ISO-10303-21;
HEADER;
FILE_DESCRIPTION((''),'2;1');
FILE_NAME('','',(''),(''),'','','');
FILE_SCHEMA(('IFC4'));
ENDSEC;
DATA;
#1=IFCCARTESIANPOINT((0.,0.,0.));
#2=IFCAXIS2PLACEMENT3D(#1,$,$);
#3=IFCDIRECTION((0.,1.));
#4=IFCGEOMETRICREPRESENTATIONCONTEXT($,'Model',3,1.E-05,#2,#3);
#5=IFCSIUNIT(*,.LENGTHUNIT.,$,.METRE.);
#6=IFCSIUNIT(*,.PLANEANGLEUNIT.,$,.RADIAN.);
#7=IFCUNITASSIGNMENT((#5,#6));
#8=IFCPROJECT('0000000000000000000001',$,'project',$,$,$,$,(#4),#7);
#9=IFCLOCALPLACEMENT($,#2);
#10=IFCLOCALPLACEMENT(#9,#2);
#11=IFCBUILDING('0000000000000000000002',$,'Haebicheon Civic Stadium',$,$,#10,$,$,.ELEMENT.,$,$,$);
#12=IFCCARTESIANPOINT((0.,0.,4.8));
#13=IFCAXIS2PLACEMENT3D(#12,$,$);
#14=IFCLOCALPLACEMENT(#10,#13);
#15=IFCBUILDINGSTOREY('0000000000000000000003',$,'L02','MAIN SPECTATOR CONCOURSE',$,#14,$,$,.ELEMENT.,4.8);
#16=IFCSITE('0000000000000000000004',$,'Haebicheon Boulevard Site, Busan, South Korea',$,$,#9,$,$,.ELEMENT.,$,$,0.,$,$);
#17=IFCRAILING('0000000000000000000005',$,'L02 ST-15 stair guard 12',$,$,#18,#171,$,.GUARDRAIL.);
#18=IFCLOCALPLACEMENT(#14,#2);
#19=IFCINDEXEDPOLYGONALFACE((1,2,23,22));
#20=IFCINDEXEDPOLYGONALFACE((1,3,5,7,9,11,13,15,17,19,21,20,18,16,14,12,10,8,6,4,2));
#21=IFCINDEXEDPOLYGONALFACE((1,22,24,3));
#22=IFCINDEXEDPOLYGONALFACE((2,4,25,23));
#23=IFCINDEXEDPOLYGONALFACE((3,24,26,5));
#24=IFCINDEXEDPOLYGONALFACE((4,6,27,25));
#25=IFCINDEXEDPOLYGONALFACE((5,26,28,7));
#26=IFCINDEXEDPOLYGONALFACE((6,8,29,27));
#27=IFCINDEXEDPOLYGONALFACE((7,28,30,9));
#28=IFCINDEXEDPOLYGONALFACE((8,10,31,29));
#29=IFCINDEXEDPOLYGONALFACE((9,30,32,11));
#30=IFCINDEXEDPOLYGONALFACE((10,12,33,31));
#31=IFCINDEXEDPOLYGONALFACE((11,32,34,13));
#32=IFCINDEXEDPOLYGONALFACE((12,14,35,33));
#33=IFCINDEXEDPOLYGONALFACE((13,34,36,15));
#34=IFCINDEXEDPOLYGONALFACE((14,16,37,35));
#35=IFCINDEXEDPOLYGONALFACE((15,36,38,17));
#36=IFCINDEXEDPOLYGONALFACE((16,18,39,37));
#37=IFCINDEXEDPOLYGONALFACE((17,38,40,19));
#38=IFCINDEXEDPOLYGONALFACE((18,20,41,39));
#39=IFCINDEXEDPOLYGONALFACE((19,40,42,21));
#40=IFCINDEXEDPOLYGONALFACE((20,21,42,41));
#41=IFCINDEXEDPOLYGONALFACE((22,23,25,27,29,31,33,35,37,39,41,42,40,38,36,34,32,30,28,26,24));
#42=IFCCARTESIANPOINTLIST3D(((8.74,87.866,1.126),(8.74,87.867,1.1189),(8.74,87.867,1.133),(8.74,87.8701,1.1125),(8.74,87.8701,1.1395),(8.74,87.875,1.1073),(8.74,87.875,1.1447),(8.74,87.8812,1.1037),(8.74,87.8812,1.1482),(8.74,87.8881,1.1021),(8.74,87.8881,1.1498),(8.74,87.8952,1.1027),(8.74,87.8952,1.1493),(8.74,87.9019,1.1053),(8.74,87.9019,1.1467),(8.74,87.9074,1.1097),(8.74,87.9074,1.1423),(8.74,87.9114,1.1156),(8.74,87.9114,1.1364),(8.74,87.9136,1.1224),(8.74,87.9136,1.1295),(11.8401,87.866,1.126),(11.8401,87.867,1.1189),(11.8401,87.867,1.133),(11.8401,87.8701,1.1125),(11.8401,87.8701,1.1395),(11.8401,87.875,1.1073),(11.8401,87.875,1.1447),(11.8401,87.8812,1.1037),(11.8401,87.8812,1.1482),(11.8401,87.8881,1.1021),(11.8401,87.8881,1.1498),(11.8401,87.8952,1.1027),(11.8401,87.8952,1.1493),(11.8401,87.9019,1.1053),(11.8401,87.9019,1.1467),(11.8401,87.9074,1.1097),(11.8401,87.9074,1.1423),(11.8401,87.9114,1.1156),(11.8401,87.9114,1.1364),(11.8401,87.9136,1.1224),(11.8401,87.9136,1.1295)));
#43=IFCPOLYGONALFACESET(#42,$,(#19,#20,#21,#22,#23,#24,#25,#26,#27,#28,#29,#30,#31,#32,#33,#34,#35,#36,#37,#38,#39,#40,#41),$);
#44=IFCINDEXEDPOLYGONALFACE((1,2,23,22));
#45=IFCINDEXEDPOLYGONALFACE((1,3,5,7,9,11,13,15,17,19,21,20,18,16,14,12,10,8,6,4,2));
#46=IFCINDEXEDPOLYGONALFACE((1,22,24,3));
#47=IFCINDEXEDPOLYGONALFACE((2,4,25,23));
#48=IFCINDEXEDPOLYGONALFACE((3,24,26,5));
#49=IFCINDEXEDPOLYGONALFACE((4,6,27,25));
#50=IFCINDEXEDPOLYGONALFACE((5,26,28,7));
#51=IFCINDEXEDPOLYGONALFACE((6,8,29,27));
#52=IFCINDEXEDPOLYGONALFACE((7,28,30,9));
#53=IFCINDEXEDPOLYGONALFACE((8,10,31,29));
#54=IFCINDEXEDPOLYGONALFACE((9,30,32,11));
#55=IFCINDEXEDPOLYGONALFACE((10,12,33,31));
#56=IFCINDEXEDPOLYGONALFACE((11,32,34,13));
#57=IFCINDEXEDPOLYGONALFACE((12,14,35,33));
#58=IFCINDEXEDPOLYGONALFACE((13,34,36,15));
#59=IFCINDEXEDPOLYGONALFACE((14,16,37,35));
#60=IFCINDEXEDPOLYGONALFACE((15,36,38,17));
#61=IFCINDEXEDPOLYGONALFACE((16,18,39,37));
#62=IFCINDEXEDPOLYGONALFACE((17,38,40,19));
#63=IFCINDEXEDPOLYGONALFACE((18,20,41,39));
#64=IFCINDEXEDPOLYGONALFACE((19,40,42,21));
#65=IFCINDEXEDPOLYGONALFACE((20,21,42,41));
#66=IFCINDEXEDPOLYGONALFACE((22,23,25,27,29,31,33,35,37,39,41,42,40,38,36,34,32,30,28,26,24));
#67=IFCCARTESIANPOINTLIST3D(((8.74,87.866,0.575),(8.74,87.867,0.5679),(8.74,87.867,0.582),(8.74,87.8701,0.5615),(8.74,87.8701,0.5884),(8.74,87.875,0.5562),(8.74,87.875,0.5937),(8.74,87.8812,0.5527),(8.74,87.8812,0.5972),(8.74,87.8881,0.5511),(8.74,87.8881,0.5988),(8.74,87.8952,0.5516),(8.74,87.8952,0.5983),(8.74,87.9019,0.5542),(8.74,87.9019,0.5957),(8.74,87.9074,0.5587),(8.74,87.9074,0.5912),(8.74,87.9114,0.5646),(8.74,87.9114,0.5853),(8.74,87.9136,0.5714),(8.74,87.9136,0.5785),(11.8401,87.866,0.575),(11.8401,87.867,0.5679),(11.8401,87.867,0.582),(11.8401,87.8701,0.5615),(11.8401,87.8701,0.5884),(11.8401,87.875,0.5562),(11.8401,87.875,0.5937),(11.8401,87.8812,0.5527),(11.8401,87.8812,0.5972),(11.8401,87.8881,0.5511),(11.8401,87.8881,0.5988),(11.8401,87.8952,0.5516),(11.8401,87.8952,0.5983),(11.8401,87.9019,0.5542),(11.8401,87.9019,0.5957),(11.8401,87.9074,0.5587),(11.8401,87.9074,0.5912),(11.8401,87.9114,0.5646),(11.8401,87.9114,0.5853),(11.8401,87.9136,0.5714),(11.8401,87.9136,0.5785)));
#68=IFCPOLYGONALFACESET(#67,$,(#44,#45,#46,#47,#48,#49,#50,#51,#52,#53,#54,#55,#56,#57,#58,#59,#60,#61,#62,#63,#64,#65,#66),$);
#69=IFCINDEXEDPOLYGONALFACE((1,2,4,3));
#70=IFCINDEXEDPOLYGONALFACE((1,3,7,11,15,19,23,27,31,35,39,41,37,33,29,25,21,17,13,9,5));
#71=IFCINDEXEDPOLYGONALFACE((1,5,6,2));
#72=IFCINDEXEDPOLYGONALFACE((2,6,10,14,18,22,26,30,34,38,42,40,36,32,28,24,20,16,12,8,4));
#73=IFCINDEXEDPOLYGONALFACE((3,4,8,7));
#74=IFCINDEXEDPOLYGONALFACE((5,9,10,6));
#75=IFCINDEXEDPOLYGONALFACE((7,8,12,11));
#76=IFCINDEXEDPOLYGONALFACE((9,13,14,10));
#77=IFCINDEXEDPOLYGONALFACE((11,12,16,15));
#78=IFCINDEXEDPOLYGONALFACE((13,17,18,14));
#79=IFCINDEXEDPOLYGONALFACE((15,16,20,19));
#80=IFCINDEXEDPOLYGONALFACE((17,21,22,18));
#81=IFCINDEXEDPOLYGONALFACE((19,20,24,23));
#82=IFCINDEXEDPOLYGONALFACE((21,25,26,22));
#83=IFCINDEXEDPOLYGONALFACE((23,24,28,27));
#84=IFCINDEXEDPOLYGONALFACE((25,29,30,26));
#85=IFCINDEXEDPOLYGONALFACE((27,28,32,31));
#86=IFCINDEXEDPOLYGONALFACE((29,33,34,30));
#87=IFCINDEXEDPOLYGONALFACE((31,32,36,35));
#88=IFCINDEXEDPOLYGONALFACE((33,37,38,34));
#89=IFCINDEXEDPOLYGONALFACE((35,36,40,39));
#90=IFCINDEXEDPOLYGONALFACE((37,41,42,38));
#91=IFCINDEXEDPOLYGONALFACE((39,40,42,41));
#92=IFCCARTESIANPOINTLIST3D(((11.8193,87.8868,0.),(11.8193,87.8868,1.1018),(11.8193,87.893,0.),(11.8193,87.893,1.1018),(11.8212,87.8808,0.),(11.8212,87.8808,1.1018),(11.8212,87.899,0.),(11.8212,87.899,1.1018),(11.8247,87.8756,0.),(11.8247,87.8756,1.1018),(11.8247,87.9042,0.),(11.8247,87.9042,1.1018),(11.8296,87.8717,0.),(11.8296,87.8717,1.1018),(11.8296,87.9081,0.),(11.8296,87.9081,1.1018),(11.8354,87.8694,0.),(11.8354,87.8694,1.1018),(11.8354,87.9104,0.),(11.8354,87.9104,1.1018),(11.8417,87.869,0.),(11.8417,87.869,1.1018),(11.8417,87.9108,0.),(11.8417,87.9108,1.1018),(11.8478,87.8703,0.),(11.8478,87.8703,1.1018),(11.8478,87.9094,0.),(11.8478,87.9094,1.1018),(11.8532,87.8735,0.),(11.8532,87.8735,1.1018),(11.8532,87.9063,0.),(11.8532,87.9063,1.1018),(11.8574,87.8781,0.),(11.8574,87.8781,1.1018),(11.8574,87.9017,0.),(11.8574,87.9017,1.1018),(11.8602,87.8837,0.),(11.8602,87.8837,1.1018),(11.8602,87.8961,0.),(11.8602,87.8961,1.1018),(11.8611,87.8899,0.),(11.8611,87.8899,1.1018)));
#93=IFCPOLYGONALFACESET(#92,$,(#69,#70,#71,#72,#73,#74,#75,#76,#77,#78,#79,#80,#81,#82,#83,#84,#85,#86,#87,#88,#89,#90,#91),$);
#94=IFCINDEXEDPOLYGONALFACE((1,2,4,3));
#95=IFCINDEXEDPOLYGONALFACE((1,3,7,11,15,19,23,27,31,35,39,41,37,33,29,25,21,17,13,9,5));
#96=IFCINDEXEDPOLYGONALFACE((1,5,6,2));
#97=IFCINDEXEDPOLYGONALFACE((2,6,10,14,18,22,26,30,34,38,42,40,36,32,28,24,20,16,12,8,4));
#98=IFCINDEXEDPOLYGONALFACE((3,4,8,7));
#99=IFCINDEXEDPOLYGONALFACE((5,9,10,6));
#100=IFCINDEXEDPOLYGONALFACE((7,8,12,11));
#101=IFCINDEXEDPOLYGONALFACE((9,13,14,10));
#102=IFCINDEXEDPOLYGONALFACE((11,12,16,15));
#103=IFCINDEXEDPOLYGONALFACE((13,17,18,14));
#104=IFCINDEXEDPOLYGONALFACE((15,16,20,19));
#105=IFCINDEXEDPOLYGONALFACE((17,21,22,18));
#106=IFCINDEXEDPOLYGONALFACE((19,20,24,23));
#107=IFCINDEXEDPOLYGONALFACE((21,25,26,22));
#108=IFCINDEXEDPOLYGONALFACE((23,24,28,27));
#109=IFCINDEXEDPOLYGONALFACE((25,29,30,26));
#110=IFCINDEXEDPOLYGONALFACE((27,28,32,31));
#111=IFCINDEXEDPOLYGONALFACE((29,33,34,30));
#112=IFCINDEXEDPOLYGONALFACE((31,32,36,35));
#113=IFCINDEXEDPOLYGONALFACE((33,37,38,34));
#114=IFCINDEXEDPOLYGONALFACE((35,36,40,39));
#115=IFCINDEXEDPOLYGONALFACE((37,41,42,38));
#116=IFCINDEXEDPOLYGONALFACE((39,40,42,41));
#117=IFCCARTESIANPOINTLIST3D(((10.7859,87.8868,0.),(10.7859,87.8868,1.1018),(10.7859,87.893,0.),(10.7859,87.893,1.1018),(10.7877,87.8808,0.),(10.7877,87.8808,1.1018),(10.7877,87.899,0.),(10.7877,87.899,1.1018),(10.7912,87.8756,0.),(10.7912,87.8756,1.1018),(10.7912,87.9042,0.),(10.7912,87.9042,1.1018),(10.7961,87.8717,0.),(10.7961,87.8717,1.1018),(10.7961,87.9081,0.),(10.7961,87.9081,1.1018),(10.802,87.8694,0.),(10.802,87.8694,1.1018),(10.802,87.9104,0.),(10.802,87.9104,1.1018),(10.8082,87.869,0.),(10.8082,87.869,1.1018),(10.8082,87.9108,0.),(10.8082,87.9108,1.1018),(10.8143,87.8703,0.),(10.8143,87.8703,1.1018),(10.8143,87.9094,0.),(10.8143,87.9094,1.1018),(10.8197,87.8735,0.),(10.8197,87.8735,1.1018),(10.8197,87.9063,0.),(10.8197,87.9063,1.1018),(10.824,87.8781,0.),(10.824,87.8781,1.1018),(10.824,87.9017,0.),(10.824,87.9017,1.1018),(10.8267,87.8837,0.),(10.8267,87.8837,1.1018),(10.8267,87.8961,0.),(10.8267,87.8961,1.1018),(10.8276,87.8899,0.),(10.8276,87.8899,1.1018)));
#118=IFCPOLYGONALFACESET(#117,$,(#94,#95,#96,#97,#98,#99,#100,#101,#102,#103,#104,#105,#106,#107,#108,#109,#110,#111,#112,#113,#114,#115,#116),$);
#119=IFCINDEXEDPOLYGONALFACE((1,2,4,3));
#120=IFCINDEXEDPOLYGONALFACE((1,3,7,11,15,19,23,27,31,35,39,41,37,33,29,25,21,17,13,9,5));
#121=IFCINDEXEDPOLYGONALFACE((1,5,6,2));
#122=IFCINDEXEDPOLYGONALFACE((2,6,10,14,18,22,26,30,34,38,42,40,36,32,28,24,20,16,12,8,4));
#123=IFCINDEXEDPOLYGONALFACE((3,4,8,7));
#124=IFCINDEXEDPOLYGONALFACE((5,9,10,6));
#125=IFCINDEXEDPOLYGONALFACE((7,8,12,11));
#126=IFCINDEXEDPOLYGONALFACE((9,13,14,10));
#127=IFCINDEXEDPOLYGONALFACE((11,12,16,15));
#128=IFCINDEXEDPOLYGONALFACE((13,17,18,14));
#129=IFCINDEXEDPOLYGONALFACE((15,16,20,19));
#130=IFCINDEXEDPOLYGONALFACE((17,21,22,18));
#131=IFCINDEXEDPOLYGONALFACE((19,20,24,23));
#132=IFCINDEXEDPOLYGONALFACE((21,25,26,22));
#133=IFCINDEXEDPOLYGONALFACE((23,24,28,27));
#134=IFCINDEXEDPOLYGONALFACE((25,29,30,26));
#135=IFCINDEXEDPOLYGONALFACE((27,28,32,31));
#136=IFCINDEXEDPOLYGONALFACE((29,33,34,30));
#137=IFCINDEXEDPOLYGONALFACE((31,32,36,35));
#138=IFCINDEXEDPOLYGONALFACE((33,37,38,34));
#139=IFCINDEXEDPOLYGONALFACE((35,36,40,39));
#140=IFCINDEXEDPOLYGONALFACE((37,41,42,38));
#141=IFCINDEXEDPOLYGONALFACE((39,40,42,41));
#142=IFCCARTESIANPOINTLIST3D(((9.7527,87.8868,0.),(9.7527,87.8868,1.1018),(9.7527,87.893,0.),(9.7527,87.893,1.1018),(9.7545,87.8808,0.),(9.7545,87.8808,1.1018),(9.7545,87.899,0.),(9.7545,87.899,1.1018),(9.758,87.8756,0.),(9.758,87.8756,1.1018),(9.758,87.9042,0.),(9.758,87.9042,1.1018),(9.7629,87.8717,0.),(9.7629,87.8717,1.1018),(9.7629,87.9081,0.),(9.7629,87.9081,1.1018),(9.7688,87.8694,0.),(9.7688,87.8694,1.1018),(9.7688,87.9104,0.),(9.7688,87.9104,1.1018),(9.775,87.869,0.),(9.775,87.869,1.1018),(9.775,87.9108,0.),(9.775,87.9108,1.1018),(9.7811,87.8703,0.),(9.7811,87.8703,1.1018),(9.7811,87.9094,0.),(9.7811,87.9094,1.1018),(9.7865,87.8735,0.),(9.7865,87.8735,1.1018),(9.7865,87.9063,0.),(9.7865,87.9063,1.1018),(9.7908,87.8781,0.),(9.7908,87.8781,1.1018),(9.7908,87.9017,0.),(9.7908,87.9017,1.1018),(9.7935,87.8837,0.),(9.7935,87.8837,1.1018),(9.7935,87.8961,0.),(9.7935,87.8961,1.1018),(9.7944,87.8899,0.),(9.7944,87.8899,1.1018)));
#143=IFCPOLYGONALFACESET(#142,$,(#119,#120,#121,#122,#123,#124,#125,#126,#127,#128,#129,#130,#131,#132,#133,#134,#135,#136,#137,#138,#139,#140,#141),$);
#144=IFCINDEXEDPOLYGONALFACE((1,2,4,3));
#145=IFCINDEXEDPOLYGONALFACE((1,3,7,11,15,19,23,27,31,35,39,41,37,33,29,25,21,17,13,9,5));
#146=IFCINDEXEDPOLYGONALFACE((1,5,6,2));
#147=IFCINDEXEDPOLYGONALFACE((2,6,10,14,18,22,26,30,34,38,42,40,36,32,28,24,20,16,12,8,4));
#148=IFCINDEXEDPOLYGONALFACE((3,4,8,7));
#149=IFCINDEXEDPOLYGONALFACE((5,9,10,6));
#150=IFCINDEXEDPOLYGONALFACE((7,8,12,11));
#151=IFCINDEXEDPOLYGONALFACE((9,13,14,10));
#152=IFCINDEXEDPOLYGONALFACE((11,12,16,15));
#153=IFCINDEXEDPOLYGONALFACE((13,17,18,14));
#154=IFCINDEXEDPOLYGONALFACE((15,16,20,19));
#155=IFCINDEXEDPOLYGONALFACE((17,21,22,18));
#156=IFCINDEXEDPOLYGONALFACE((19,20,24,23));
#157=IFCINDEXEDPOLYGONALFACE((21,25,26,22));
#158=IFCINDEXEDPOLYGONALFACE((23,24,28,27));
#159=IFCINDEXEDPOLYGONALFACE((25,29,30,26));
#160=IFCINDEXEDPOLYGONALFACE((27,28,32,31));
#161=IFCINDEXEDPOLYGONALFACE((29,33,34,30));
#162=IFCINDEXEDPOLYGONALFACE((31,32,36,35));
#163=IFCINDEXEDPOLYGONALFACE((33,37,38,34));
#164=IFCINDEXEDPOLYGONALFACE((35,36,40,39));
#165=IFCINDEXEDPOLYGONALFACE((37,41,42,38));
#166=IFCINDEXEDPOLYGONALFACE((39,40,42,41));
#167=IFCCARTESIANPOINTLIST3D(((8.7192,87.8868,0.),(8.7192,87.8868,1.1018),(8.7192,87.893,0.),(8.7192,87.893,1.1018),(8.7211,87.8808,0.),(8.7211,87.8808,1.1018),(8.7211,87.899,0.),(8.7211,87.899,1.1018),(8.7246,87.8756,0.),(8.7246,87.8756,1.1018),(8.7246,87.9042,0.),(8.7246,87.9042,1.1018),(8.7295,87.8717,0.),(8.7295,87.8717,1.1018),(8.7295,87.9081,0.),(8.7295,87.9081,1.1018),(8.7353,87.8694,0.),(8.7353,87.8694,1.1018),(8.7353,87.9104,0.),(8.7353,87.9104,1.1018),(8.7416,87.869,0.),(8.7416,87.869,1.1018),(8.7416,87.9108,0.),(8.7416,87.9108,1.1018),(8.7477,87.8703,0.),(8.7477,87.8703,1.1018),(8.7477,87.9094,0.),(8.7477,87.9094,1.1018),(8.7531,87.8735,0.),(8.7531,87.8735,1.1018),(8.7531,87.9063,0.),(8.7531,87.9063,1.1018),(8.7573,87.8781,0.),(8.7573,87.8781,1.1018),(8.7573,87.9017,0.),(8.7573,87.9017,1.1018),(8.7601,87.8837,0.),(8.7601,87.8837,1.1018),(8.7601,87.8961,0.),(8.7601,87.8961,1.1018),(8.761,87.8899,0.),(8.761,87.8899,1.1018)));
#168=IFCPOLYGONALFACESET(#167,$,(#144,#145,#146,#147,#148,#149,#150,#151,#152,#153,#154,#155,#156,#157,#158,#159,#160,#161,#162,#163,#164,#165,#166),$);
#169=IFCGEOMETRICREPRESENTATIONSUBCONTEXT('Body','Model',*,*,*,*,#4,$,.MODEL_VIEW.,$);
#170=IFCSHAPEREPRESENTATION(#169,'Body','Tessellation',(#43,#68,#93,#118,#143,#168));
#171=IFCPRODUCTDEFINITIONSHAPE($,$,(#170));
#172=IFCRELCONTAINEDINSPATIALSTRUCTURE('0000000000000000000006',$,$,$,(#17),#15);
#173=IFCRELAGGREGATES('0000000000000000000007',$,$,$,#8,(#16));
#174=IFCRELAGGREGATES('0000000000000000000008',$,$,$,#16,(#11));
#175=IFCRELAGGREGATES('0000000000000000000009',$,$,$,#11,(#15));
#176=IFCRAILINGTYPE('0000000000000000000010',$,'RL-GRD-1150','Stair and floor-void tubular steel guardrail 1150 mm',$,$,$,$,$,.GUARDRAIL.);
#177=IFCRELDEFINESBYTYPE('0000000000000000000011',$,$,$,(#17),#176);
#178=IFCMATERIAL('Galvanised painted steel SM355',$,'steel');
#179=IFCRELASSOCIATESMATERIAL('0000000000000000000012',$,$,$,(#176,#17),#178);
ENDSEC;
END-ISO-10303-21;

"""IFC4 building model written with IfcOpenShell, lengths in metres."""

from ifc_helpers import new_model, si_unit, direction, frame, origin, origin_2d, place, context, subcontext, project, spatial, circle, extrude, material, type_object, element, save


model = new_model("IFC4")

# Units and contexts
model_context = context("Model", 3, precision=1e-05, world=origin(), true_north=direction((0.0, 1.0)))
body_context = subcontext(model_context, "Body", "Model", "MODEL_VIEW")
ifc_project = project(units=[si_unit("LENGTHUNIT", "METRE"), si_unit("PLANEANGLEUNIT", "RADIAN")], contexts=[model_context])

# Site, building, storey
site_placement = place(None, origin())
site = spatial("IfcSite", under=ifc_project, at=site_placement, Name="Haebicheon Boulevard Site, Busan, South Korea", CompositionType="ELEMENT", RefElevation=0.0)
building_placement = place(site_placement, origin())
building = spatial("IfcBuilding", under=site, at=building_placement, Name="Haebicheon Civic Stadium", CompositionType="ELEMENT")
storey_placement = place(building_placement, frame((0.0, 0.0, 4.8)))
storey = spatial("IfcBuildingStorey", under=building, at=storey_placement, Name="L02", Description="MAIN SPECTATOR CONCOURSE", CompositionType="ELEMENT", Elevation=4.8)

# Railing
ifc_material_1 = material(Name="Galvanised painted steel SM355", Category="steel")
railing_type_1 = type_object("IfcRailingType", Name="RL-GRD-1150", Description="Stair and floor-void tubular steel guardrail 1150 mm", PredefinedType="GUARDRAIL", material=ifc_material_1)
railing_1_placement = place(storey_placement, frame((11.8401, 87.8899, 0.0)))
element("IfcRailing", 1, at=railing_1_placement, inside=storey, type_object=railing_type_1, material=ifc_material_1, Name="L02 ST-15 stair guard 12", PredefinedType="GUARDRAIL", context=body_context, shape_type="SweptSolid", body=[
    extrude(circle(Radius=0.0239, at=origin_2d()), frame((0.0, 0.0, 1.126), z_axis=(-1.0, 0.0, 0.0), x_axis=(0.0, -1.0, 0.0)), (0.0, 0.0, 1.0), 3.1001),
    extrude(circle(Radius=0.0239, at=origin_2d()), frame((0.0, 0.0, 0.575), z_axis=(-1.0, 0.0, 0.0), x_axis=(0.0, -1.0, 0.0)), (0.0, 0.0, 1.0), 3.1001),
    extrude(circle(Radius=0.021, at=origin_2d()), origin(), (0.0, 0.0, 1.0), 1.1018),
    extrude(circle(Radius=0.021, at=origin_2d()), frame((-1.0334, 0.0, 0.0)), (0.0, 0.0, 1.0), 1.1018),
    extrude(circle(Radius=0.021, at=origin_2d()), frame((-2.0667, 0.0, 0.0)), (0.0, 0.0, 1.0), 1.1018),
    extrude(circle(Radius=0.021, at=origin_2d()), frame((-3.1001, 0.0, 0.0)), (0.0, 0.0, 1.0), 1.1018),
])

save(model, "model.ifc")
